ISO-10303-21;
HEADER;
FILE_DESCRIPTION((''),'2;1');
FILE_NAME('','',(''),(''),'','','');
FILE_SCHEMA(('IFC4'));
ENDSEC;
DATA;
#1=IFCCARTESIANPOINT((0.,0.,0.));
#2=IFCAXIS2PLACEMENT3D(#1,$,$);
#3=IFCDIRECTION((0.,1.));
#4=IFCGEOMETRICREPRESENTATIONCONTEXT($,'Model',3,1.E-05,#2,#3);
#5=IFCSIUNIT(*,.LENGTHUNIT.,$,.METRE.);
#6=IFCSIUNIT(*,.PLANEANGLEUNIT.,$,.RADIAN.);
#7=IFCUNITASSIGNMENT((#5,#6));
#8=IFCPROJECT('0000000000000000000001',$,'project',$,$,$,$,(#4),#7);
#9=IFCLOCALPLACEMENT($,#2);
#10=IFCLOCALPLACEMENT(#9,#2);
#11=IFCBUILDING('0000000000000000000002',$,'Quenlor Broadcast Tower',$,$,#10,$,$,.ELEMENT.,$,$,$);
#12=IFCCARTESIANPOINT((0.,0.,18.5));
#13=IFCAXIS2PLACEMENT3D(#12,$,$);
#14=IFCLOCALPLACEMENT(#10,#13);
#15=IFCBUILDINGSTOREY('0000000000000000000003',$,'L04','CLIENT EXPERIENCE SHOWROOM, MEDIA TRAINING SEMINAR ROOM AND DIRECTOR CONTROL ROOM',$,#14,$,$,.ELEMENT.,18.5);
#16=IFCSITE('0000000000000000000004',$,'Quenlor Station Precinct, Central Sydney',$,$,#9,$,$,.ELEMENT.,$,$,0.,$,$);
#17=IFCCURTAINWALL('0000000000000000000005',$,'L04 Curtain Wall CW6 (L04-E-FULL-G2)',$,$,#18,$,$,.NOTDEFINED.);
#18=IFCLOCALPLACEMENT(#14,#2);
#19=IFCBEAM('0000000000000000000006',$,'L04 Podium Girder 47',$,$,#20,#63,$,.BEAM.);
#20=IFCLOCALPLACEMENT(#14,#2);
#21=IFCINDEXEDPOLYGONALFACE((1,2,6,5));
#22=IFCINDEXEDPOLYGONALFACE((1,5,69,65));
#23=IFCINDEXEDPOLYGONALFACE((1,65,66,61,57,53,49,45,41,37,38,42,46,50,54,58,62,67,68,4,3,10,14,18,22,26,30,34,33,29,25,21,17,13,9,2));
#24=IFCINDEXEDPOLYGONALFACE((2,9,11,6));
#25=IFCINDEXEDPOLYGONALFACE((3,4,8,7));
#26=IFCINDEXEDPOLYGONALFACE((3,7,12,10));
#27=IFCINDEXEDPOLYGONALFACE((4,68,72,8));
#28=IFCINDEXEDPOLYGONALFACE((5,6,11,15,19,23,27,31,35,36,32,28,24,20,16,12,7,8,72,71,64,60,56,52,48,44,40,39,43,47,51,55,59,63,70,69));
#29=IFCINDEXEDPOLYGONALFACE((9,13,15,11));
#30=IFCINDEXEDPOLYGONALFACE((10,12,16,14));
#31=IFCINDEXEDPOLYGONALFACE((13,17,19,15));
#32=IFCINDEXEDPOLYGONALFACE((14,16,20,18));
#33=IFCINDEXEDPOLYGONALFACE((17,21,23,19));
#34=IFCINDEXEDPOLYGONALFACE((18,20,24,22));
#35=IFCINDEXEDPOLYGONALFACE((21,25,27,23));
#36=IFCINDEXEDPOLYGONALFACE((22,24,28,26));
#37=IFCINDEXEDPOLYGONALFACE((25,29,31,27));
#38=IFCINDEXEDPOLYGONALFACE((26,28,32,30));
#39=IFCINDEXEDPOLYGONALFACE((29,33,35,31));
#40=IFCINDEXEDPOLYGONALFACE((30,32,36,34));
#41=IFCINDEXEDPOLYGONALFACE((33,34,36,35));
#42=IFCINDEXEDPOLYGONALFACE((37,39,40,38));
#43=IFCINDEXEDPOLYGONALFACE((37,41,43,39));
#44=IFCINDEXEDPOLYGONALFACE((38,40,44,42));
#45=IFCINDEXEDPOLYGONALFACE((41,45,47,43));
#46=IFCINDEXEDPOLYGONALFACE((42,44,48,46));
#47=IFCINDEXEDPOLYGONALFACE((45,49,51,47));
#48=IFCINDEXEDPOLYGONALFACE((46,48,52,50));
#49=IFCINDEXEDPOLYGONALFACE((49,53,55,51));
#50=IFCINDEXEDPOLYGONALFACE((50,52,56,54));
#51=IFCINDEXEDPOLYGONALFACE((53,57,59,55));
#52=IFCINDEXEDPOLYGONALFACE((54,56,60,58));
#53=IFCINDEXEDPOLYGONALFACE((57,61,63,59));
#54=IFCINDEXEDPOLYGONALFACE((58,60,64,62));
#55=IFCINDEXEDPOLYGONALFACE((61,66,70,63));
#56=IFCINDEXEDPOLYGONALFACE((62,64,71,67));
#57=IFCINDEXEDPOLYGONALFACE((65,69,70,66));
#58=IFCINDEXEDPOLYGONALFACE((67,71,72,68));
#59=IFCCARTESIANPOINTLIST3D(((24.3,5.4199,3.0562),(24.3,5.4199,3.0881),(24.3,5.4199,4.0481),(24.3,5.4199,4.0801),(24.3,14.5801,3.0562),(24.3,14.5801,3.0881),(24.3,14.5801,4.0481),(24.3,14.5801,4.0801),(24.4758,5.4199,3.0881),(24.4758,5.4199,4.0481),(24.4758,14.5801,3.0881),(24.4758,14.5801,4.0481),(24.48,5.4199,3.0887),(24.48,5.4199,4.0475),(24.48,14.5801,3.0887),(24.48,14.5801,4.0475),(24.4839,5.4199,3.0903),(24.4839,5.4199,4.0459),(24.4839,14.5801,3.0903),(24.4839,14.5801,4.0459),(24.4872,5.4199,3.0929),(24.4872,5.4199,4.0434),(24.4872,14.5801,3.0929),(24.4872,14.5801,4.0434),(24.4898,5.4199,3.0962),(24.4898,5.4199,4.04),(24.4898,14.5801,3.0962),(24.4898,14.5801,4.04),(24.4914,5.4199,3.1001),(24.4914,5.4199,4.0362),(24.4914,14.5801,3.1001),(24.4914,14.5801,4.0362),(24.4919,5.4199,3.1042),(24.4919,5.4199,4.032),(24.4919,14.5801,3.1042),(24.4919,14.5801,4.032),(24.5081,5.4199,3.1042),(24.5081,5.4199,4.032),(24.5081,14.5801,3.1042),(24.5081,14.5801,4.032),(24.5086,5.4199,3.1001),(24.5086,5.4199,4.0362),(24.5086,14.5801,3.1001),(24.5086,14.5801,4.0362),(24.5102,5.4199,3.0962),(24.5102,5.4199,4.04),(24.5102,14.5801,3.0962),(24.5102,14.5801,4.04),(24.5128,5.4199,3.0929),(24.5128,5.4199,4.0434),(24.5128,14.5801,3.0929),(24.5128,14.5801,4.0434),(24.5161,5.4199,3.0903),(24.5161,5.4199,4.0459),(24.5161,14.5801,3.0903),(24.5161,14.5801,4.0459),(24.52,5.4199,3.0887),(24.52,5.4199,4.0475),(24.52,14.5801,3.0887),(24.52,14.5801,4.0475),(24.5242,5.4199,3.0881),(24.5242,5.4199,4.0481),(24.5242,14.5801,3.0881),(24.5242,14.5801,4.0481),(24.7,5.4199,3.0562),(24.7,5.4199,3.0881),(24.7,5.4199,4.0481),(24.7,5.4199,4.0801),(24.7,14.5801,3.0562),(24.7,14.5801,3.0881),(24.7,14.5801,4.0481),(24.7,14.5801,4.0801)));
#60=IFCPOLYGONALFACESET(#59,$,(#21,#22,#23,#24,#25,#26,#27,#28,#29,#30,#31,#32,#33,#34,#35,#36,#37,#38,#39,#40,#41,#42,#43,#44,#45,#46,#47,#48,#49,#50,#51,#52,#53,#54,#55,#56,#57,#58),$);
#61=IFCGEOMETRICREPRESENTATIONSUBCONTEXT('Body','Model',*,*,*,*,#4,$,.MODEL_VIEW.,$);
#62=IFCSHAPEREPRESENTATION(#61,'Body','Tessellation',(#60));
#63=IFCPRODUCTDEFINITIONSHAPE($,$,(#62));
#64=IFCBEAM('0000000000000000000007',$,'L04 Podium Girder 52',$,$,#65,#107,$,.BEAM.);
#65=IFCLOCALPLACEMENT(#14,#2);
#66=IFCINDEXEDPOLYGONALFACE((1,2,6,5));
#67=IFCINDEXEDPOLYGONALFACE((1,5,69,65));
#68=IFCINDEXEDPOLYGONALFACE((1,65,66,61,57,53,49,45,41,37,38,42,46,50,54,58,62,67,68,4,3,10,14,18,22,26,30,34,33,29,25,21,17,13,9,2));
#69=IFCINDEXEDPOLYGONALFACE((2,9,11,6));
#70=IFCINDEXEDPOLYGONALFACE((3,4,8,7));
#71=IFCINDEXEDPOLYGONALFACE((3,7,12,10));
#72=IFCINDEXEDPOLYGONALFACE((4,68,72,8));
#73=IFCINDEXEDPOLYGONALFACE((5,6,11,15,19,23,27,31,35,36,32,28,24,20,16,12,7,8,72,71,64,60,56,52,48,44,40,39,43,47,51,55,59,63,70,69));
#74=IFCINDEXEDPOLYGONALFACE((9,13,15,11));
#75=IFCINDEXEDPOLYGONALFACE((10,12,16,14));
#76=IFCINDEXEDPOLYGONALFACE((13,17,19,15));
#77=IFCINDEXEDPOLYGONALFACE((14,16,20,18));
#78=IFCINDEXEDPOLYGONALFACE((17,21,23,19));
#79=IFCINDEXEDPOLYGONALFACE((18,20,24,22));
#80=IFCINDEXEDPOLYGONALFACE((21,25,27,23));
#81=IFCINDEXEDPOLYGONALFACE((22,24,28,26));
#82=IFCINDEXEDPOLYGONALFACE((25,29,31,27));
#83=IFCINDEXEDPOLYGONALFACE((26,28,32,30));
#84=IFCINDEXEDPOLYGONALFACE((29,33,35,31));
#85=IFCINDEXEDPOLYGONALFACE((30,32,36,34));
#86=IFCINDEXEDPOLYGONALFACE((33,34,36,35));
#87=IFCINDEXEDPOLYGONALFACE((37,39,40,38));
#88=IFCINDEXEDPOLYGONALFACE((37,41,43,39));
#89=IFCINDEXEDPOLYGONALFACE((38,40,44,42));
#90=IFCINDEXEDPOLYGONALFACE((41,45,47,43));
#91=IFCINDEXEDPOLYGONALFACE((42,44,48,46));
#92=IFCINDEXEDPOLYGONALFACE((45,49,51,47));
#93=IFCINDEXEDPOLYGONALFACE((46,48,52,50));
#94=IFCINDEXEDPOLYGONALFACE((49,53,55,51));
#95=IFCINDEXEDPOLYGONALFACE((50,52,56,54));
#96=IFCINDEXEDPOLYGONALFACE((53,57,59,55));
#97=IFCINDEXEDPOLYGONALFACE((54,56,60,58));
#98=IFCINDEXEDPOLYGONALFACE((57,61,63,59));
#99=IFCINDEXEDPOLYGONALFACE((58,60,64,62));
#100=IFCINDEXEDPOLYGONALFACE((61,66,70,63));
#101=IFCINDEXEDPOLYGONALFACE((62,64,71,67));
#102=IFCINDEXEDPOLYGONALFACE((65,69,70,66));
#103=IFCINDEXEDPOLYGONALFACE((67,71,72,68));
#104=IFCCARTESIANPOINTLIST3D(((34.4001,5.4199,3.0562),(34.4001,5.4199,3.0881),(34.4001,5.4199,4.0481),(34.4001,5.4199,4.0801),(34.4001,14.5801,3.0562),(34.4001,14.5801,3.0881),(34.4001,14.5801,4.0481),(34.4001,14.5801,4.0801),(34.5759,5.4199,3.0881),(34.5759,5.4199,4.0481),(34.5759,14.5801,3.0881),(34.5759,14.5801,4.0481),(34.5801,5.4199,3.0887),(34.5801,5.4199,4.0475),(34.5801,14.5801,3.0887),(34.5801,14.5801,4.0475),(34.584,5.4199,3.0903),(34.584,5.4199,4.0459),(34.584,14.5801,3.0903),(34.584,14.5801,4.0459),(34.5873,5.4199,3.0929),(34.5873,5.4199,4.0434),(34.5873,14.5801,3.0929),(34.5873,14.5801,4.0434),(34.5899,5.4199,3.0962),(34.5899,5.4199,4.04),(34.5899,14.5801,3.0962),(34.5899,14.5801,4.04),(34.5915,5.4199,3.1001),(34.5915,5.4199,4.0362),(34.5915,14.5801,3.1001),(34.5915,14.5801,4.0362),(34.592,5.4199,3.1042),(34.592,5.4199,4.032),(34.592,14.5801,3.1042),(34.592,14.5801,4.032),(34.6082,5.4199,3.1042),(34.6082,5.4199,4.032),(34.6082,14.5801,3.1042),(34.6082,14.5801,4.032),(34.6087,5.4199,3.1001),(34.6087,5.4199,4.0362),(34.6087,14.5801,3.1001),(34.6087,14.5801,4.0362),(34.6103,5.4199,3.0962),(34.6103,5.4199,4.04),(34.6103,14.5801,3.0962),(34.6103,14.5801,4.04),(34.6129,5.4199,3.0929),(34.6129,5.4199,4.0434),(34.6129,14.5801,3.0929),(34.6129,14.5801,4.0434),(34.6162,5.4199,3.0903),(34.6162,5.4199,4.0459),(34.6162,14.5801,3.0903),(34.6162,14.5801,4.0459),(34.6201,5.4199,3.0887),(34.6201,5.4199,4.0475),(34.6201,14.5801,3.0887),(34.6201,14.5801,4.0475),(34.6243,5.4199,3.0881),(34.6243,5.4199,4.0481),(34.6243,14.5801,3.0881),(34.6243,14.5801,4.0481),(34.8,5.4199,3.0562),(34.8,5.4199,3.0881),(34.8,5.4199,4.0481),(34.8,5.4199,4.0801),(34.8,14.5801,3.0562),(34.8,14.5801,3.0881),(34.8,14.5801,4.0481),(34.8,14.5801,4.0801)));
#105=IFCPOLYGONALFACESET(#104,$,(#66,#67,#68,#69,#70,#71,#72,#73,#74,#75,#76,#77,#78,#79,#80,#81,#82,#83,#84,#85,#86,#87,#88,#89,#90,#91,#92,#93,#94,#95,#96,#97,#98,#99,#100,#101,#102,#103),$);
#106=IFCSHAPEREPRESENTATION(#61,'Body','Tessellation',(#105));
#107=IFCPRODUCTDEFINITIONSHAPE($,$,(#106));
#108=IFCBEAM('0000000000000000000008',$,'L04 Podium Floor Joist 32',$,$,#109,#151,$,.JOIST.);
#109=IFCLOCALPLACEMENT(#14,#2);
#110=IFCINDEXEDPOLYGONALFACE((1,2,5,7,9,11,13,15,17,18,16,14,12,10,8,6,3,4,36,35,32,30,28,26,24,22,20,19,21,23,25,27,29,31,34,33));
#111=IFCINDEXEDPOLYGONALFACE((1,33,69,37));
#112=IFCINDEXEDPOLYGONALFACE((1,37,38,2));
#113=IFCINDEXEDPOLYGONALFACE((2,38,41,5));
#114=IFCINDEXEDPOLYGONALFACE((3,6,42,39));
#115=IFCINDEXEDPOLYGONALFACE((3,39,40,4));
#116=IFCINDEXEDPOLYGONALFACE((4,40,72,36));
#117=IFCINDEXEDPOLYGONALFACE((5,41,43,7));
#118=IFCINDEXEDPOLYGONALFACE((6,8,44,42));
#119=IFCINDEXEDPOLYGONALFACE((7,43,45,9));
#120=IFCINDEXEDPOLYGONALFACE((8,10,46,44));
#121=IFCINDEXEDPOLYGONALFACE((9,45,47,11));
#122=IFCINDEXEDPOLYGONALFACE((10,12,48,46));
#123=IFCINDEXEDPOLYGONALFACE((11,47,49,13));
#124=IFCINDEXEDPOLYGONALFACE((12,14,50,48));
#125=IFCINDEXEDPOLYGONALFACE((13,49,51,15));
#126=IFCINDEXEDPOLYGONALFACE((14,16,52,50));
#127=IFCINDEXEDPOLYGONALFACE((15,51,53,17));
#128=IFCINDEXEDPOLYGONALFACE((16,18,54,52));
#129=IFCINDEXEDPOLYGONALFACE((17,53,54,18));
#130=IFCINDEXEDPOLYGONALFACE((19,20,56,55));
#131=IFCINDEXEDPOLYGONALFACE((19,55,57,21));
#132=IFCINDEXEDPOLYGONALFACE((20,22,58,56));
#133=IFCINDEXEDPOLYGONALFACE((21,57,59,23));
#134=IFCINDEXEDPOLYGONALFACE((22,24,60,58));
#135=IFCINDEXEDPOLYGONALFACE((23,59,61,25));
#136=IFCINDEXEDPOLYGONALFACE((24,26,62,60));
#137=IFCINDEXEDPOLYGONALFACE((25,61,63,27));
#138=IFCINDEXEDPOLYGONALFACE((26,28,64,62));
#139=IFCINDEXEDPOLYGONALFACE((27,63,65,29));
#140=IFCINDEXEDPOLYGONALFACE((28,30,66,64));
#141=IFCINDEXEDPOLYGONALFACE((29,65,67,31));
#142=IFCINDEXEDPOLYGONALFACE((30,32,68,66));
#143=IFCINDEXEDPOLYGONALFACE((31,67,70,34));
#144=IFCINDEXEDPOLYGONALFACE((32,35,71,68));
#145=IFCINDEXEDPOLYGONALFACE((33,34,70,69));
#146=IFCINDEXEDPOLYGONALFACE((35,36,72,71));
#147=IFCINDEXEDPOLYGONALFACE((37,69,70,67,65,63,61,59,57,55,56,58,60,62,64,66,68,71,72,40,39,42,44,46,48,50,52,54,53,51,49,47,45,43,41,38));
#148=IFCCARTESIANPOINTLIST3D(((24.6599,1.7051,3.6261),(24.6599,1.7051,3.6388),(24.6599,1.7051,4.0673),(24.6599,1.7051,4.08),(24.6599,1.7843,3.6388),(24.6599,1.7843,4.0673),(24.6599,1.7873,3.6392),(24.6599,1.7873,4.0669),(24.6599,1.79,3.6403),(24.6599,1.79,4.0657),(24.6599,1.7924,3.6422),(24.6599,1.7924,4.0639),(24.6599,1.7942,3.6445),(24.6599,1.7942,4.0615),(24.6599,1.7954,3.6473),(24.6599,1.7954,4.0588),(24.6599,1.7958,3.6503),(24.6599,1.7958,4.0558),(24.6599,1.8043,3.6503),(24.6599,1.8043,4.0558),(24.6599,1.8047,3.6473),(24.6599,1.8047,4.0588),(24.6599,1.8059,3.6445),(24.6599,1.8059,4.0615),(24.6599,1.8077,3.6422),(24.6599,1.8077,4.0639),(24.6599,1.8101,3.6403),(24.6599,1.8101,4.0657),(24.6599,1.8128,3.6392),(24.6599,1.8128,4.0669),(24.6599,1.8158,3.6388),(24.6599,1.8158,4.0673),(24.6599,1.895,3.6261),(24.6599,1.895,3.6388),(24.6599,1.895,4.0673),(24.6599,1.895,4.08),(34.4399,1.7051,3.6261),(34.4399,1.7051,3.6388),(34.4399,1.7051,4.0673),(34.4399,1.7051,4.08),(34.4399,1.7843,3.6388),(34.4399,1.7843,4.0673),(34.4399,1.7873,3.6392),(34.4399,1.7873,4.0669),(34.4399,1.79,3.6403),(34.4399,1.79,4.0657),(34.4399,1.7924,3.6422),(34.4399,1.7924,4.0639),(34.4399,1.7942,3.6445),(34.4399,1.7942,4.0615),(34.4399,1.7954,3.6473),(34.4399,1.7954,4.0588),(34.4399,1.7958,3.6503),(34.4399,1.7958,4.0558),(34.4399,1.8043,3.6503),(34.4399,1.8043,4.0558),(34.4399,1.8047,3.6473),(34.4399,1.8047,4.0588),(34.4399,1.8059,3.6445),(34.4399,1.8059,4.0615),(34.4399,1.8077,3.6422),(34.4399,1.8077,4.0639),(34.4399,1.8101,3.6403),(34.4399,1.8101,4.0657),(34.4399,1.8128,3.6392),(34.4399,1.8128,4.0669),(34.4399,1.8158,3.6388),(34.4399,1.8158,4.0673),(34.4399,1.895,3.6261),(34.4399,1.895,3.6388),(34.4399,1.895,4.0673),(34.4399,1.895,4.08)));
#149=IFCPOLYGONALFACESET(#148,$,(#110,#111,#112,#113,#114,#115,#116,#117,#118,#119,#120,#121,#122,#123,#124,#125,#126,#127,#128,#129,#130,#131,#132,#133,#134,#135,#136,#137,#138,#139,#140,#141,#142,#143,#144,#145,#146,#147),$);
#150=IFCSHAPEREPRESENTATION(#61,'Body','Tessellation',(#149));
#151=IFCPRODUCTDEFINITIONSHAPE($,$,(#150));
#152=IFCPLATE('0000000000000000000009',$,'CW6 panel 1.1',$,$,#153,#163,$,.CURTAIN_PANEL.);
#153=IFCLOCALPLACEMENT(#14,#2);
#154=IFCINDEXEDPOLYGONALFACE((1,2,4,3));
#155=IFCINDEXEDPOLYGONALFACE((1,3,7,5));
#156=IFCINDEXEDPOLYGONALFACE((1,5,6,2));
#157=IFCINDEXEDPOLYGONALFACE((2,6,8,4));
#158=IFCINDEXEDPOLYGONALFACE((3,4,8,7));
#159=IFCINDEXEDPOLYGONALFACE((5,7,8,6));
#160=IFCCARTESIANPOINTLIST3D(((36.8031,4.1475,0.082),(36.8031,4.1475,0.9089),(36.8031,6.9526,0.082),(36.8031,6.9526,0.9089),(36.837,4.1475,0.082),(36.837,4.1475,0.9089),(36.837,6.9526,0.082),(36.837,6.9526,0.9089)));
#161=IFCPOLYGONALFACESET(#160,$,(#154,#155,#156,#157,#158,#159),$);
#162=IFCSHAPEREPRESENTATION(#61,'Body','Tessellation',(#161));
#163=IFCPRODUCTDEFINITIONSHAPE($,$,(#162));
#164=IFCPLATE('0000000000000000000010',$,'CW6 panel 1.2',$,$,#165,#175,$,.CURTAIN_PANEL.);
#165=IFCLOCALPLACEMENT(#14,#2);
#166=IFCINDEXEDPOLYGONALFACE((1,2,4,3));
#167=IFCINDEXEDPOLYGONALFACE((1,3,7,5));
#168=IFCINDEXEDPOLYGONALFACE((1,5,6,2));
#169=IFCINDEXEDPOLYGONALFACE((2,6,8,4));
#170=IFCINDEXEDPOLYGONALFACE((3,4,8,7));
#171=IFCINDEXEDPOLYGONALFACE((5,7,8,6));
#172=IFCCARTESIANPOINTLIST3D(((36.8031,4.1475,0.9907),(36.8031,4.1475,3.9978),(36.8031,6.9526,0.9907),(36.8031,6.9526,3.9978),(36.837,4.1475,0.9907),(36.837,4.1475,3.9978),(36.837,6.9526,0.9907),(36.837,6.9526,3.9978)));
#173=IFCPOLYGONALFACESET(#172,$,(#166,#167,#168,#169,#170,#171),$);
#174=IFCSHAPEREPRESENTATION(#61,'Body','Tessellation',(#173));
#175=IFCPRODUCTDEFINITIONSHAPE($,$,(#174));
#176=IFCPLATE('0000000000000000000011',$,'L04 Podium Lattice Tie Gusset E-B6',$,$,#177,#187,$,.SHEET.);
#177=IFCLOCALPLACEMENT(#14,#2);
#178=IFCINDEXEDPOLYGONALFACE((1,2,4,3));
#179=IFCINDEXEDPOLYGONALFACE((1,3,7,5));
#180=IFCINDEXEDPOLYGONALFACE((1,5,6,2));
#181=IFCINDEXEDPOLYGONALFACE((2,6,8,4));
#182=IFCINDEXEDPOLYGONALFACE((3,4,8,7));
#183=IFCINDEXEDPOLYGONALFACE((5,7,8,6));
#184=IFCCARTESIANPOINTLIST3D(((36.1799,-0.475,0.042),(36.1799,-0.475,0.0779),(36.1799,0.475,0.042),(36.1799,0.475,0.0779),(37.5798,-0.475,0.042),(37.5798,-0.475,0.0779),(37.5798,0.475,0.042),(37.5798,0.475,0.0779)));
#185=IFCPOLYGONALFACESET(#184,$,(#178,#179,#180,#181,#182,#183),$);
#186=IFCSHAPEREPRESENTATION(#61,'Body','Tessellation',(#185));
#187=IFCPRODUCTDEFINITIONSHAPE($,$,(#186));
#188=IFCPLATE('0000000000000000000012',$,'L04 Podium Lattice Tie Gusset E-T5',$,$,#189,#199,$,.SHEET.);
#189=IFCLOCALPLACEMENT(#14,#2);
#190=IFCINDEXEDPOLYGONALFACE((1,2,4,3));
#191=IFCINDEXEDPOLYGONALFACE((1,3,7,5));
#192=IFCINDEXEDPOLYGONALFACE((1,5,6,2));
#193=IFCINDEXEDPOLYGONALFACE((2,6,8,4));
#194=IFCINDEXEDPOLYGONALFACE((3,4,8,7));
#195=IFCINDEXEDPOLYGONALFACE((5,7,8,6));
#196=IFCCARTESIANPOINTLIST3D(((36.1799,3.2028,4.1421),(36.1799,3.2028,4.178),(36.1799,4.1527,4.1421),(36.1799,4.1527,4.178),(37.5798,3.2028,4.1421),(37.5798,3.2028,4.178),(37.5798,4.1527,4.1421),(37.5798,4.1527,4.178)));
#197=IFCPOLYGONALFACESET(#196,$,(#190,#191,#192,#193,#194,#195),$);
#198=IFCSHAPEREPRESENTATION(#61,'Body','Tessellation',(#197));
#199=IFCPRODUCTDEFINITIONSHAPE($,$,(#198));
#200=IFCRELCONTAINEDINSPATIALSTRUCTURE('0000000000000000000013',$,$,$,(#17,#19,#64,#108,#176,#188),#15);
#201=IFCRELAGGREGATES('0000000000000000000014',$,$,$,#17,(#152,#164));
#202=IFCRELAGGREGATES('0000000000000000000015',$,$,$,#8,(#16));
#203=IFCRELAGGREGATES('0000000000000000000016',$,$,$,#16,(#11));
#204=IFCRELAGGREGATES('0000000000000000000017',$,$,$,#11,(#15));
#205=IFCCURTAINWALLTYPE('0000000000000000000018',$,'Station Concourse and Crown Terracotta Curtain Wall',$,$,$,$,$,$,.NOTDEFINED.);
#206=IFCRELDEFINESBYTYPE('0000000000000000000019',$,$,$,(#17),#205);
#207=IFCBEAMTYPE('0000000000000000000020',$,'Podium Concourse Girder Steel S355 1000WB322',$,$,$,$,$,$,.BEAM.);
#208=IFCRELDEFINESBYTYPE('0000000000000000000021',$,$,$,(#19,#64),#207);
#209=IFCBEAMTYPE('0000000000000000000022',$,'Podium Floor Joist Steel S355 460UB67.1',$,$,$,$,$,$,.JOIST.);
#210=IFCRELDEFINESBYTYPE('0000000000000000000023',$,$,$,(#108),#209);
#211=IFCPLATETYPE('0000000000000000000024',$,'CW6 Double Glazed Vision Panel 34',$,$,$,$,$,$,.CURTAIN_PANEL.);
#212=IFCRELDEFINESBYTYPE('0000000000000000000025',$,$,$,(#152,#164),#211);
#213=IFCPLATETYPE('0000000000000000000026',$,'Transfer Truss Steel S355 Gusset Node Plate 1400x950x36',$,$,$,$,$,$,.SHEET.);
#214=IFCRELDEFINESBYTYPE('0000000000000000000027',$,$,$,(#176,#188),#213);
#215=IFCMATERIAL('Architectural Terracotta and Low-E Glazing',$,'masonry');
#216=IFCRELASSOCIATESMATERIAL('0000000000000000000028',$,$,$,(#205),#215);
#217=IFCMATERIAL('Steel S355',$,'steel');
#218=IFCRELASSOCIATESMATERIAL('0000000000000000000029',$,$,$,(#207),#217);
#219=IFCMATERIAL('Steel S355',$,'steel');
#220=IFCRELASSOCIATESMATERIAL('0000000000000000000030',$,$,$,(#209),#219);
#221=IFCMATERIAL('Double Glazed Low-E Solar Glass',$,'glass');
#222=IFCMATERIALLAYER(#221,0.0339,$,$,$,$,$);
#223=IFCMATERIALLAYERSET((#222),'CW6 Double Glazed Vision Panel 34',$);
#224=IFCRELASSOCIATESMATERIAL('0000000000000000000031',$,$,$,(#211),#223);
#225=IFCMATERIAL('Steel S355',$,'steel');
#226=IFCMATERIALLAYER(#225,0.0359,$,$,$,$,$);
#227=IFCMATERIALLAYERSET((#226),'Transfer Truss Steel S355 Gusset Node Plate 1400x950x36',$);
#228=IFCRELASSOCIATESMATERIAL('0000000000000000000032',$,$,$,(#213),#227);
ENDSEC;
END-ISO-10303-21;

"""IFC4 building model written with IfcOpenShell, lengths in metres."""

from ifc_helpers import new_model, si_unit, direction, frame, origin, origin_2d, place, context, subcontext, project, spatial, rectangle, i_section, extrude, material, layer, layer_set, material_profile, profile_set, type_object, element, aggregate, save


model = new_model("IFC4")

# Units and contexts
model_context = context("Model", 3, precision=1e-05, world=origin(), true_north=direction((0.0, 1.0)))
body_context = subcontext(model_context, "Body", "Model", "MODEL_VIEW")
ifc_project = project(units=[si_unit("LENGTHUNIT", "METRE"), si_unit("PLANEANGLEUNIT", "RADIAN")], contexts=[model_context])

# Site, building, storey
site_placement = place(None, origin())
site = spatial("IfcSite", under=ifc_project, at=site_placement, Name="Quenlor Station Precinct, Central Sydney", CompositionType="ELEMENT", RefElevation=0.0)
building_placement = place(site_placement, origin())
building = spatial("IfcBuilding", under=site, at=building_placement, Name="Quenlor Broadcast Tower", CompositionType="ELEMENT")
storey_placement = place(building_placement, frame((0.0, 0.0, 18.5)))
storey = spatial("IfcBuildingStorey", under=building, at=storey_placement, Name="L04", Description="CLIENT EXPERIENCE SHOWROOM, MEDIA TRAINING SEMINAR ROOM AND DIRECTOR CONTROL ROOM", CompositionType="ELEMENT", Elevation=18.5)

# Curtain wall
ifc_material_1 = material(Name="Architectural Terracotta and Low-E Glazing", Category="masonry")
curtain_wall_type = type_object("IfcCurtainWallType", Name="Station Concourse and Crown Terracotta Curtain Wall", PredefinedType="NOTDEFINED", material=ifc_material_1)
curtain_wall_placement = place(storey_placement, origin())
curtain_wall = element("IfcCurtainWall", 1, at=curtain_wall_placement, inside=storey, type_object=curtain_wall_type, Name="L04 Curtain Wall CW6 (L04-E-FULL-G2)", PredefinedType="NOTDEFINED")

# Beams
ifc_material_2 = material(Name="Steel S355", Category="steel")
ifc_material_profile_1 = material_profile(ifc_material_2, i_section(OverallWidth=0.3999, OverallDepth=1.0239, WebThickness=0.0161, FlangeThickness=0.032, FilletRadius=0.0161, at=origin_2d()))
ifc_profile_set_1 = profile_set([ifc_material_profile_1], Name="Steel S355 1000WB322")
beam_type_1 = type_object("IfcBeamType", Name="Podium Concourse Girder Steel S355 1000WB322", PredefinedType="BEAM", material=ifc_profile_set_1)
for number, where, z_axis, x_axis, name in (
    (2, (24.5, 5.4199, 3.5681), (0.0, 1.0, 0.0), (-1.0, 0.0, 0.0), "L04 Podium Girder 47"),
    (3, (34.6001, 5.4199, 3.5681), (0.0, 1.0, 0.0), (-1.0, 0.0, 0.0), "L04 Podium Girder 52"),
):
    element("IfcBeam", number, at=place(storey_placement, frame(where, z_axis=z_axis, x_axis=x_axis)), inside=storey, type_object=beam_type_1, Name=name, PredefinedType="BEAM", context=body_context, shape_type="SweptSolid", body=[
        extrude(i_section(OverallWidth=0.3999, OverallDepth=1.0239, WebThickness=0.0161, FlangeThickness=0.032, FilletRadius=0.0161, at=origin_2d()), origin(), (0.0, 0.0, 1.0), 9.1602),
    ])
ifc_material_3 = material(Name="Steel S355", Category="steel")
ifc_material_profile_2 = material_profile(ifc_material_3, i_section(OverallWidth=0.1899, OverallDepth=0.4539, WebThickness=0.0085, FlangeThickness=0.0127, FilletRadius=0.0115, at=origin_2d()))
ifc_profile_set_2 = profile_set([ifc_material_profile_2], Name="Steel S355 460UB67.1")
beam_type_2 = type_object("IfcBeamType", Name="Podium Floor Joist Steel S355 460UB67.1", PredefinedType="JOIST", material=ifc_profile_set_2)
beam_1_placement = place(storey_placement, frame((24.6599, 1.8, 3.853), z_axis=(1.0, 0.0, 0.0), x_axis=(0.0, 1.0, 0.0)))
element("IfcBeam", 4, at=beam_1_placement, inside=storey, type_object=beam_type_2, Name="L04 Podium Floor Joist 32", PredefinedType="JOIST", context=body_context, shape_type="SweptSolid", body=[
    extrude(i_section(OverallWidth=0.1899, OverallDepth=0.4539, WebThickness=0.0085, FlangeThickness=0.0127, FilletRadius=0.0115, at=origin_2d()), origin(), (0.0, 0.0, 1.0), 9.78),
])

# Plates
ifc_material_4 = material(Name="Double Glazed Low-E Solar Glass", Category="glass")
ifc_layer_1 = layer(ifc_material_4, 0.0339)
ifc_layer_set_1 = layer_set([ifc_layer_1], Name="CW6 Double Glazed Vision Panel 34")
plate_type_1 = type_object("IfcPlateType", Name="CW6 Double Glazed Vision Panel 34", PredefinedType="CURTAIN_PANEL", material=ifc_layer_set_1)
plate_1_placement = place(storey_placement, frame((36.8201, 5.55, 0.082), z_axis=(0.0, 0.0, 1.0), x_axis=(0.0, -1.0, 0.0)))
plate_1 = element("IfcPlate", 5, at=plate_1_placement, type_object=plate_type_1, Name="CW6 panel 1.1", PredefinedType="CURTAIN_PANEL", context=body_context, shape_type="SweptSolid", body=[
    extrude(rectangle(XDim=2.8052, YDim=0.0339, at=origin_2d()), origin(), (0.0, 0.0, 1.0), 0.8269),
])
plate_2_placement = place(storey_placement, frame((36.8201, 5.55, 0.9907), z_axis=(0.0, 0.0, 1.0), x_axis=(0.0, -1.0, 0.0)))
plate_2 = element("IfcPlate", 6, at=plate_2_placement, type_object=plate_type_1, Name="CW6 panel 1.2", PredefinedType="CURTAIN_PANEL", context=body_context, shape_type="SweptSolid", body=[
    extrude(rectangle(XDim=2.8052, YDim=0.0339, at=origin_2d()), origin(), (0.0, 0.0, 1.0), 3.0071),
])
aggregate(curtain_wall, [plate_1, plate_2])

# Plates
ifc_material_5 = material(Name="Steel S355", Category="steel")
ifc_layer_2 = layer(ifc_material_5, 0.0359)
ifc_layer_set_2 = layer_set([ifc_layer_2], Name="Transfer Truss Steel S355 Gusset Node Plate 1400x950x36")
plate_type_2 = type_object("IfcPlateType", Name="Transfer Truss Steel S355 Gusset Node Plate 1400x950x36", PredefinedType="SHEET", material=ifc_layer_set_2)
for number, where, z_axis, x_axis, name in (
    (7, (36.8799, 0.0, 0.042), (0.0, 0.0, 1.0), (1.0, 0.0, 0.0), "L04 Podium Lattice Tie Gusset E-B6"),
    (8, (36.8799, 3.6777, 4.1421), (0.0, 0.0, 1.0), (1.0, 0.0, 0.0), "L04 Podium Lattice Tie Gusset E-T5"),
):
    element("IfcPlate", number, at=place(storey_placement, frame(where, z_axis=z_axis, x_axis=x_axis)), inside=storey, type_object=plate_type_2, Name=name, PredefinedType="SHEET", context=body_context, shape_type="SweptSolid", body=[
        extrude(rectangle(XDim=1.3999, YDim=0.95, at=origin_2d()), origin(), (0.0, 0.0, 1.0), 0.0359),
    ])

save(model, "model.ifc")
